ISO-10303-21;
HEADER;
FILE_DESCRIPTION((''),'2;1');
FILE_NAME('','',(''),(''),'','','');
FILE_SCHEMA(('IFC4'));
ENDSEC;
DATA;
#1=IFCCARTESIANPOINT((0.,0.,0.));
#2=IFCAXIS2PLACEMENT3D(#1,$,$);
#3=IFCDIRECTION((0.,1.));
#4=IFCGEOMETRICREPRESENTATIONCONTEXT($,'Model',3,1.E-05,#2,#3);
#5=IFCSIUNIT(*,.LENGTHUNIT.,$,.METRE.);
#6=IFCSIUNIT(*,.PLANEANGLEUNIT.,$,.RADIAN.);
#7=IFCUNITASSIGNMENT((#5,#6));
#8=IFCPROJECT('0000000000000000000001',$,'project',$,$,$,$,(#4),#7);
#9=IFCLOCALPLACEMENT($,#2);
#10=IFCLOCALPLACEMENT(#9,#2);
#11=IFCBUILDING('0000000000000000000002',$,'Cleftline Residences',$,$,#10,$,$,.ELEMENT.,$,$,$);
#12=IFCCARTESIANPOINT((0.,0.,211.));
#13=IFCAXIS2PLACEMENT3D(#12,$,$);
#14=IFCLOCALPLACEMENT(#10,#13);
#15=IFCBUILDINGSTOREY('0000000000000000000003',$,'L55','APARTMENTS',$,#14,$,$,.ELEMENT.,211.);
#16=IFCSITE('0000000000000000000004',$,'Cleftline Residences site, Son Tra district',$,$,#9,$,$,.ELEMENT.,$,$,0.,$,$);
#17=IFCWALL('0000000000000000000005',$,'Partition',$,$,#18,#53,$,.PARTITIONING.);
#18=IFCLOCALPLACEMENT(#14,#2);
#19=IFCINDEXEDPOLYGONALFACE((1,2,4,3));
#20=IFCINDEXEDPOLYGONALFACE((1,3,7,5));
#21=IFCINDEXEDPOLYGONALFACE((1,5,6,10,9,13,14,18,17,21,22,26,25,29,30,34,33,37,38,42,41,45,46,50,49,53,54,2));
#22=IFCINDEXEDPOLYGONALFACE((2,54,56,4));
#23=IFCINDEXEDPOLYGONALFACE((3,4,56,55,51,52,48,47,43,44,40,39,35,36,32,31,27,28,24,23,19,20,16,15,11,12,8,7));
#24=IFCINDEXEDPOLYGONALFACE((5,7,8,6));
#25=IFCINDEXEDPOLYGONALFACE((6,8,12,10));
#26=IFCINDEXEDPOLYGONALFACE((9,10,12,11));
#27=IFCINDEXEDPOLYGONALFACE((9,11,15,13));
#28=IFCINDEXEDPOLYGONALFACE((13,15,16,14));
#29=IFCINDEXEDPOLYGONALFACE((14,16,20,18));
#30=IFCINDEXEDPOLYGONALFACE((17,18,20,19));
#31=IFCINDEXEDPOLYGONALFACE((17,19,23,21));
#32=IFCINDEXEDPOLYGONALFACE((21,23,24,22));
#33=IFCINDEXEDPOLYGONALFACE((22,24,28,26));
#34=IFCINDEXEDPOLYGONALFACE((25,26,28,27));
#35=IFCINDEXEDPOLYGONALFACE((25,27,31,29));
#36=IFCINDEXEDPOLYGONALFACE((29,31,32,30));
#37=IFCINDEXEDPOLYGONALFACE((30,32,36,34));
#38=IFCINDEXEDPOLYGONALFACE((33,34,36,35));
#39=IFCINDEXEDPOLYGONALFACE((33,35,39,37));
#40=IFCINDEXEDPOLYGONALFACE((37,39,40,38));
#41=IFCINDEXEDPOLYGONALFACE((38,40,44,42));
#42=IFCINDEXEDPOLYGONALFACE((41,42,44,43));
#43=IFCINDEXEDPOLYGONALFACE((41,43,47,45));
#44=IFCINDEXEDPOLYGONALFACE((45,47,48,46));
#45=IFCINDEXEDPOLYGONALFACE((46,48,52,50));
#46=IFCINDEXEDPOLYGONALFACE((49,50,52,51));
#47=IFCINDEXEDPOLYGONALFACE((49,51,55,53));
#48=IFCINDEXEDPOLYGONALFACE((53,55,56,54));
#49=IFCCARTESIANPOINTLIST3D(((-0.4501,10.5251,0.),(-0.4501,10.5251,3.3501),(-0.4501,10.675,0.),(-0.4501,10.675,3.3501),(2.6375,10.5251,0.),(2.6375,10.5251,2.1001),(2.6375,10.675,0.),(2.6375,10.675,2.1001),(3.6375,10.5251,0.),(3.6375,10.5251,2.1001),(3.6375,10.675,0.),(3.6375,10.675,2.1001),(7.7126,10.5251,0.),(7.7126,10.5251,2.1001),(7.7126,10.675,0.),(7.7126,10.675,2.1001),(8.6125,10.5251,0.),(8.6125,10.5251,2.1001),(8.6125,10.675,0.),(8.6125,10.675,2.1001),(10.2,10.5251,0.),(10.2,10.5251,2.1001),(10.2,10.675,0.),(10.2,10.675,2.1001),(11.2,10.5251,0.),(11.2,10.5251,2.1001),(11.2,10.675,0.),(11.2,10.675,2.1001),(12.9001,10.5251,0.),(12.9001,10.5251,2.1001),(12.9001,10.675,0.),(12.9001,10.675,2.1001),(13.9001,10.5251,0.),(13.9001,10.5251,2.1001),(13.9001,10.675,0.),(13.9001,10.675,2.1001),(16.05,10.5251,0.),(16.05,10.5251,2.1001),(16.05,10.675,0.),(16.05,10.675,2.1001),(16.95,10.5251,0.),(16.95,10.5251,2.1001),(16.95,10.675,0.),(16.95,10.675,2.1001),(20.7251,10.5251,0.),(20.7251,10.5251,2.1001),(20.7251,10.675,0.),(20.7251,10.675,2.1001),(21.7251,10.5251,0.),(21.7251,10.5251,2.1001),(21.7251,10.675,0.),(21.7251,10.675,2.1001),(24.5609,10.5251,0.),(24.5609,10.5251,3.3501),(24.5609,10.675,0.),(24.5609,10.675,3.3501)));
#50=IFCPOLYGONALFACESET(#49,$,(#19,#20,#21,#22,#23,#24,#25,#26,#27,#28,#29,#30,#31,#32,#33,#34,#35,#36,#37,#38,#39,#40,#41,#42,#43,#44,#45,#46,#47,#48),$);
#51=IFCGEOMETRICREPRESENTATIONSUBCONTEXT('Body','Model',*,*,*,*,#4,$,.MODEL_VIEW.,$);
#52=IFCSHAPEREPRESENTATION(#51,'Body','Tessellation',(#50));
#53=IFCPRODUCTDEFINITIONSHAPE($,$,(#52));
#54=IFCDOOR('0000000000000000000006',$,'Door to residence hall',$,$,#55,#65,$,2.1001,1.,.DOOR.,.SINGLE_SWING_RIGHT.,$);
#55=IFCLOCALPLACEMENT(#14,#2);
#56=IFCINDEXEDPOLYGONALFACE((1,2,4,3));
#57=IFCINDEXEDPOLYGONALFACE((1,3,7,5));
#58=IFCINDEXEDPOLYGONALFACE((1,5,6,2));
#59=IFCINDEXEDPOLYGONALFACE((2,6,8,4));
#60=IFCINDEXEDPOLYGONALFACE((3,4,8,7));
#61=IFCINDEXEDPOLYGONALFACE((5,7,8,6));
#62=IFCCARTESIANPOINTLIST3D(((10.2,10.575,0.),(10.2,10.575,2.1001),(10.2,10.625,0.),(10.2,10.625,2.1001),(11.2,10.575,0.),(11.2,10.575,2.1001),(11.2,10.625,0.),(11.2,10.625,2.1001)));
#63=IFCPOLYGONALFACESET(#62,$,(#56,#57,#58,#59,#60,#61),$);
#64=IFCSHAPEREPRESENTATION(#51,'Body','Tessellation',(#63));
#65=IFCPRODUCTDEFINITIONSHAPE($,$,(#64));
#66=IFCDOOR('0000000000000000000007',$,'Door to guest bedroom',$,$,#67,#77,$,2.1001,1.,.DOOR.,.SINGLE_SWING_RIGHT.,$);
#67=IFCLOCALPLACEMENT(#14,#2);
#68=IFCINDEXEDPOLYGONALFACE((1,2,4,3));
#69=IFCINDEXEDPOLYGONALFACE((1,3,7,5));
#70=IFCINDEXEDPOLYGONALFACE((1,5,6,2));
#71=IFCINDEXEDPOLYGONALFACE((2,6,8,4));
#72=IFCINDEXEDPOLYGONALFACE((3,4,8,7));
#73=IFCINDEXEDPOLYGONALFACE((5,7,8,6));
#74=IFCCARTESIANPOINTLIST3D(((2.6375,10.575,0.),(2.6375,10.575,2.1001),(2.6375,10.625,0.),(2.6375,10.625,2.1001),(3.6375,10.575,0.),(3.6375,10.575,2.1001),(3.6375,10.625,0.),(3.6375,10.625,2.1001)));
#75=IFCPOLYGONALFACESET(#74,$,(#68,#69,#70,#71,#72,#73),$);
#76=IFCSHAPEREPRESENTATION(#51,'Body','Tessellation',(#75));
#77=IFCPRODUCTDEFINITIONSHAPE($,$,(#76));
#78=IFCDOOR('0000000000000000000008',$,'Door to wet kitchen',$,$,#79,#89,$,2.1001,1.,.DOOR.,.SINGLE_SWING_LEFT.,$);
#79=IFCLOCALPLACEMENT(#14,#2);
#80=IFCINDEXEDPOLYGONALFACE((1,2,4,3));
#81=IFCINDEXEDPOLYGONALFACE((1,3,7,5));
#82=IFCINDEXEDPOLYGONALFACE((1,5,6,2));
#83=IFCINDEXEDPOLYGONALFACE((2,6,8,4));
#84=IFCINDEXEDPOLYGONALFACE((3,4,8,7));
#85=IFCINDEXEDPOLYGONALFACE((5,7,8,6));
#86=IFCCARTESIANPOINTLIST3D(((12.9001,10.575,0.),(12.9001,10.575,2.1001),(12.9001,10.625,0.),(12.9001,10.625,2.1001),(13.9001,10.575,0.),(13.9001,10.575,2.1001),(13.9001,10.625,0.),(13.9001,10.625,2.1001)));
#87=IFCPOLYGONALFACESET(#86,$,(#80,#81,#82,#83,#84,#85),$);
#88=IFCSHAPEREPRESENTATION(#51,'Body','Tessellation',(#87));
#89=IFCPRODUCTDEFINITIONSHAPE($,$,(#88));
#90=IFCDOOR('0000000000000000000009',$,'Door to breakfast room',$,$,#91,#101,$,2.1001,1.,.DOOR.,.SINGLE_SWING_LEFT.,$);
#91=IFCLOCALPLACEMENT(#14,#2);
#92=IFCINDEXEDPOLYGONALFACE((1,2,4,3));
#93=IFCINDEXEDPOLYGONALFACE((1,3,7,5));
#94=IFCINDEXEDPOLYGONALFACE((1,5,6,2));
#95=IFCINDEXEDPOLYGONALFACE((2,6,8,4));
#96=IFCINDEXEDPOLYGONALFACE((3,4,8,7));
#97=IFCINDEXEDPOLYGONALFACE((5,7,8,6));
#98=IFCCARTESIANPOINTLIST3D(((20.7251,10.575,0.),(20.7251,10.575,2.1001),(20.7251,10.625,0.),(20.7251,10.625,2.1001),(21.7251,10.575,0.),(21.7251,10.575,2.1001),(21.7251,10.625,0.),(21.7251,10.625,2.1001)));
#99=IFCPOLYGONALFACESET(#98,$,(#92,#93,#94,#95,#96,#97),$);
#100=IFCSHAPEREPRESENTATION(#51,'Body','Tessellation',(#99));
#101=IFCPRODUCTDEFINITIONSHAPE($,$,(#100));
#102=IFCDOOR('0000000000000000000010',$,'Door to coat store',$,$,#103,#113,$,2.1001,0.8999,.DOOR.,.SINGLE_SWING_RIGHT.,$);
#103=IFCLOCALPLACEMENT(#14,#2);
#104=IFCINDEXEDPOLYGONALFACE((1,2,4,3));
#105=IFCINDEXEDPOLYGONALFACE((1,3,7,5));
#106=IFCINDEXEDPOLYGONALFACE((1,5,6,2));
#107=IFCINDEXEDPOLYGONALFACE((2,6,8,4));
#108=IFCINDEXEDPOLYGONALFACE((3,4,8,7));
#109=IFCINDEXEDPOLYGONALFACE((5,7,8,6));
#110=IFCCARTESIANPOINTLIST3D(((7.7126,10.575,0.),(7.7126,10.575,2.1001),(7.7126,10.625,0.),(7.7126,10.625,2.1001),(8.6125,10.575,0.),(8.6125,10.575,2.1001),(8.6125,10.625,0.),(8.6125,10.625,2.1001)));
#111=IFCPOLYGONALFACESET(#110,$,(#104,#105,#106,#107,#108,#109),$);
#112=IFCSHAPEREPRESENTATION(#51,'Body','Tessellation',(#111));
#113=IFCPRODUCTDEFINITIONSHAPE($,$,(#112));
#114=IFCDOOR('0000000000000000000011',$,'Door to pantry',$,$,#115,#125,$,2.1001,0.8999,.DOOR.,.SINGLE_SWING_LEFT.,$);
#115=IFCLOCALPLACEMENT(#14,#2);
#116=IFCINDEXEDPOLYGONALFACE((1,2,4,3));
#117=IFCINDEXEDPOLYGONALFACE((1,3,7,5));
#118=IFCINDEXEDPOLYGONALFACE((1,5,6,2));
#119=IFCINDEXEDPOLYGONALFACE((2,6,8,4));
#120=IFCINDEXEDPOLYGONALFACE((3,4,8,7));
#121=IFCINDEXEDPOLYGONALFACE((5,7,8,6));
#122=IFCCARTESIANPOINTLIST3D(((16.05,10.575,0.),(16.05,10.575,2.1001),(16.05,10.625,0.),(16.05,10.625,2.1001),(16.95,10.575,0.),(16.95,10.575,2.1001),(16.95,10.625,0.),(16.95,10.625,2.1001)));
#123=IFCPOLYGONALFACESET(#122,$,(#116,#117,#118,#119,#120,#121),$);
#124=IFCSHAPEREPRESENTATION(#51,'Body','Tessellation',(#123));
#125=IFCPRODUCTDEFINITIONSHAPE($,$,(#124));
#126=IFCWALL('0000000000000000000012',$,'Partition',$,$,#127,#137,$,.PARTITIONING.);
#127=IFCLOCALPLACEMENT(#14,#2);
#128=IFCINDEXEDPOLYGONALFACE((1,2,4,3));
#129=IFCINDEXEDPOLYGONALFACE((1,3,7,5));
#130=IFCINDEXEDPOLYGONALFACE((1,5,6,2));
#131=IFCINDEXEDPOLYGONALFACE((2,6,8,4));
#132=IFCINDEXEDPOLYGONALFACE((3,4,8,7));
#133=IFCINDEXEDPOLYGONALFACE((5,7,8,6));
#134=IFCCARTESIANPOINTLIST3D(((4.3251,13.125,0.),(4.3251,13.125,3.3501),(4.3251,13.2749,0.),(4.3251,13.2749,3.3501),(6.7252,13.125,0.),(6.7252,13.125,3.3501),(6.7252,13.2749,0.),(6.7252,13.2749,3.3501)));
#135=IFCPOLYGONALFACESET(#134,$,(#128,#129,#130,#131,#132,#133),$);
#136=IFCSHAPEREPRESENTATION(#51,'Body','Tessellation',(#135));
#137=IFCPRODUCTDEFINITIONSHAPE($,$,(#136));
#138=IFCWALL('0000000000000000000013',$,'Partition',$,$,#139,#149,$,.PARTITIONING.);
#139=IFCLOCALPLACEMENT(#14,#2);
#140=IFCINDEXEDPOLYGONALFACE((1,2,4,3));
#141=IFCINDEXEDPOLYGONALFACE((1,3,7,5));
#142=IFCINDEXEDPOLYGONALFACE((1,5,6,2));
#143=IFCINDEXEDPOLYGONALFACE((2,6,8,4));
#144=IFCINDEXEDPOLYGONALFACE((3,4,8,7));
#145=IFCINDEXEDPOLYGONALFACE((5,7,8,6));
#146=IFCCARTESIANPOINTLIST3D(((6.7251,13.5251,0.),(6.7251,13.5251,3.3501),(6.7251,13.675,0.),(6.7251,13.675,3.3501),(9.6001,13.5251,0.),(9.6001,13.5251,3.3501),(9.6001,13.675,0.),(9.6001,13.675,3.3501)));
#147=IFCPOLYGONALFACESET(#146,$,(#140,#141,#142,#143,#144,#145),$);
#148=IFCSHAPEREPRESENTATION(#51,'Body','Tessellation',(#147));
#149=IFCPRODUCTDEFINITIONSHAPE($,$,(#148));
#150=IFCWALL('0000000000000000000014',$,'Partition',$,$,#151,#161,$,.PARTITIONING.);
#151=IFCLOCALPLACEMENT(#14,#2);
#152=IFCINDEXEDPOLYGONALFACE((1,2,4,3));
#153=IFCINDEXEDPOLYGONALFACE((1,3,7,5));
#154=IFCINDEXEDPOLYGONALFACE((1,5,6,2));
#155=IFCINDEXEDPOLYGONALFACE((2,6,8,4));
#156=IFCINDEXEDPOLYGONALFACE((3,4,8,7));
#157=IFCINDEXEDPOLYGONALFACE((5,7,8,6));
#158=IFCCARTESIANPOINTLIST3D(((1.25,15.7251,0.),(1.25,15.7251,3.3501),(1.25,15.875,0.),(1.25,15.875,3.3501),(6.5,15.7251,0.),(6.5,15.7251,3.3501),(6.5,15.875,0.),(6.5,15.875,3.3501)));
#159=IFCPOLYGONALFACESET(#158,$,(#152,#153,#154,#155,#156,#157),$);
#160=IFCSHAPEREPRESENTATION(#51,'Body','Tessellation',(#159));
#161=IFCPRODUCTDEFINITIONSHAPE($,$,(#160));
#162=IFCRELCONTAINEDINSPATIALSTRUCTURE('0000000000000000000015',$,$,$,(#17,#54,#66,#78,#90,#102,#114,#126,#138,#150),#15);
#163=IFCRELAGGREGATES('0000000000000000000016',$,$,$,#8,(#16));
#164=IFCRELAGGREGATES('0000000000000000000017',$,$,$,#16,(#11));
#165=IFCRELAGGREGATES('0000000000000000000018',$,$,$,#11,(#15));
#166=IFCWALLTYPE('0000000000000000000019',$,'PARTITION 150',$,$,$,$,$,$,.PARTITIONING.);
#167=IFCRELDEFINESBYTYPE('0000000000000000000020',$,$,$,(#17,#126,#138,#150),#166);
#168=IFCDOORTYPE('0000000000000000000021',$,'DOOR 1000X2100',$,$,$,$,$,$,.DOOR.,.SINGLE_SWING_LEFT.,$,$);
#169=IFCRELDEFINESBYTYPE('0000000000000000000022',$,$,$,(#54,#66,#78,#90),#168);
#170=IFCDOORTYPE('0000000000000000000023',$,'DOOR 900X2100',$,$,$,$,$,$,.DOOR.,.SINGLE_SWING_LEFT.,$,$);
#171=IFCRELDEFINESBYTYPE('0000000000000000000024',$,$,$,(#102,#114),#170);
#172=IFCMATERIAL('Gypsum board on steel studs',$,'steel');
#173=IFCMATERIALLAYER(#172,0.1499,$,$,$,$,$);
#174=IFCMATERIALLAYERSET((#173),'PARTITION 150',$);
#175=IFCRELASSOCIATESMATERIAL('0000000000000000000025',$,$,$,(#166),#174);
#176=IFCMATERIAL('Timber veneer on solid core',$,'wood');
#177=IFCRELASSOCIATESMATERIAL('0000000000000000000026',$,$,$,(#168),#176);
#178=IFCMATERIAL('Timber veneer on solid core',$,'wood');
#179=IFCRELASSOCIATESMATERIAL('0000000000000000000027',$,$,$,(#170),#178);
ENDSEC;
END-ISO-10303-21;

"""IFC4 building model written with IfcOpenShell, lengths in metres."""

from ifc_helpers import new_model, si_unit, direction, frame, frame_2d, origin, place, context, subcontext, project, spatial, rectangle, extrude, material, layer, layer_set, type_object, element, fill, save


model = new_model("IFC4")

# Units and contexts
model_context = context("Model", 3, precision=1e-05, world=origin(), true_north=direction((0.0, 1.0)))
body_context = subcontext(model_context, "Body", "Model", "MODEL_VIEW")
ifc_project = project(units=[si_unit("LENGTHUNIT", "METRE"), si_unit("PLANEANGLEUNIT", "RADIAN")], contexts=[model_context])

# Site, building, storey
site_placement = place(None, origin())
site = spatial("IfcSite", under=ifc_project, at=site_placement, Name="Cleftline Residences site, Son Tra district", CompositionType="ELEMENT", RefElevation=0.0)
building_placement = place(site_placement, origin())
building = spatial("IfcBuilding", under=site, at=building_placement, Name="Cleftline Residences", CompositionType="ELEMENT")
storey_placement = place(building_placement, frame((0.0, 0.0, 211.0)))
storey = spatial("IfcBuildingStorey", under=building, at=storey_placement, Name="L55", Description="APARTMENTS", CompositionType="ELEMENT", Elevation=211.0)

# Wall, openings, doors
ifc_material_1 = material(Name="Gypsum board on steel studs", Category="steel")
ifc_layer = layer(ifc_material_1, 0.1499)
ifc_layer_set = layer_set([ifc_layer], Name="PARTITION 150")
wall_type = type_object("IfcWallType", Name="PARTITION 150", PredefinedType="PARTITIONING", material=ifc_layer_set)
wall_1_placement = place(storey_placement, frame((-0.45, 10.6001, 0.0), z_axis=(0.0, 0.0, 1.0), x_axis=(1.0, 0.0, 0.0)))
wall_1 = element("IfcWall", 1, at=wall_1_placement, inside=storey, type_object=wall_type, Name="Partition", PredefinedType="PARTITIONING", context=body_context, shape_type="SweptSolid", body=[
    extrude(rectangle(XDim=25.011, YDim=0.1499, at=frame_2d((12.5054, 0.0))), origin(), (0.0, 0.0, 1.0), 3.3501),
])
opening_1_placement = place(wall_1_placement, frame((10.6499, 0.0, 0.0)))
opening_1 = element("IfcOpeningElement", 2, at=opening_1_placement, cuts=wall_1, PredefinedType="OPENING", context=body_context, shape_type="SweptSolid", body=[
    extrude(rectangle(XDim=1.0, YDim=2.1001, at=frame_2d((0.5, 1.05))), frame((0.0, 0.085, 0.0), z_axis=(0.0, -1.0, 0.0), x_axis=(1.0, 0.0, 0.0)), (0.0, 0.0, 1.0), 0.1699),
])
opening_2_placement = place(wall_1_placement, frame((3.0874, 0.0, 0.0)))
opening_2 = element("IfcOpeningElement", 3, at=opening_2_placement, cuts=wall_1, PredefinedType="OPENING", context=body_context, shape_type="SweptSolid", body=[
    extrude(rectangle(XDim=1.0, YDim=2.1001, at=frame_2d((0.5, 1.05))), frame((0.0, 0.085, 0.0), z_axis=(0.0, -1.0, 0.0), x_axis=(1.0, 0.0, 0.0)), (0.0, 0.0, 1.0), 0.1699),
])
opening_3_placement = place(wall_1_placement, frame((8.1626, 0.0, 0.0)))
opening_3 = element("IfcOpeningElement", 4, at=opening_3_placement, cuts=wall_1, PredefinedType="OPENING", context=body_context, shape_type="SweptSolid", body=[
    extrude(rectangle(XDim=0.8999, YDim=2.1001, at=frame_2d((0.45, 1.05))), frame((0.0, 0.085, 0.0), z_axis=(0.0, -1.0, 0.0), x_axis=(1.0, 0.0, 0.0)), (0.0, 0.0, 1.0), 0.1699),
])
opening_4_placement = place(wall_1_placement, frame((13.3501, 0.0, 0.0)))
opening_4 = element("IfcOpeningElement", 5, at=opening_4_placement, cuts=wall_1, PredefinedType="OPENING", context=body_context, shape_type="SweptSolid", body=[
    extrude(rectangle(XDim=1.0, YDim=2.1001, at=frame_2d((0.5, 1.05))), frame((0.0, 0.085, 0.0), z_axis=(0.0, -1.0, 0.0), x_axis=(1.0, 0.0, 0.0)), (0.0, 0.0, 1.0), 0.1699),
])
opening_5_placement = place(wall_1_placement, frame((16.5, 0.0, 0.0)))
opening_5 = element("IfcOpeningElement", 6, at=opening_5_placement, cuts=wall_1, PredefinedType="OPENING", context=body_context, shape_type="SweptSolid", body=[
    extrude(rectangle(XDim=0.8999, YDim=2.1001, at=frame_2d((0.45, 1.05))), frame((0.0, 0.085, 0.0), z_axis=(0.0, -1.0, 0.0), x_axis=(1.0, 0.0, 0.0)), (0.0, 0.0, 1.0), 0.1699),
])
opening_6_placement = place(wall_1_placement, frame((21.175, 0.0, 0.0)))
opening_6 = element("IfcOpeningElement", 7, at=opening_6_placement, cuts=wall_1, PredefinedType="OPENING", context=body_context, shape_type="SweptSolid", body=[
    extrude(rectangle(XDim=1.0, YDim=2.1001, at=frame_2d((0.5, 1.05))), frame((0.0, 0.085, 0.0), z_axis=(0.0, -1.0, 0.0), x_axis=(1.0, 0.0, 0.0)), (0.0, 0.0, 1.0), 0.1699),
])
ifc_material_2 = material(Name="Timber veneer on solid core", Category="wood")
door_type_1 = type_object("IfcDoorType", Name="DOOR 1000X2100", OperationType="SINGLE_SWING_LEFT", PredefinedType="DOOR", material=ifc_material_2)
door_1_placement = place(opening_1_placement, origin())
door_1 = element("IfcDoor", 8, at=door_1_placement, inside=storey, type_object=door_type_1, Name="Door to residence hall", OperationType="SINGLE_SWING_RIGHT", OverallHeight=2.1001, OverallWidth=1.0, PredefinedType="DOOR", context=body_context, shape_type="SweptSolid", body=[
    extrude(rectangle(XDim=1.0, YDim=2.1001, at=frame_2d((0.5, 1.05))), frame((0.0, 0.0249, 0.0), z_axis=(0.0, -1.0, 0.0), x_axis=(1.0, 0.0, 0.0)), (0.0, 0.0, 1.0), 0.05),
])
fill(opening_1, door_1)
door_2_placement = place(opening_2_placement, origin())
door_2 = element("IfcDoor", 9, at=door_2_placement, inside=storey, type_object=door_type_1, Name="Door to guest bedroom", OperationType="SINGLE_SWING_RIGHT", OverallHeight=2.1001, OverallWidth=1.0, PredefinedType="DOOR", context=body_context, shape_type="SweptSolid", body=[
    extrude(rectangle(XDim=1.0, YDim=2.1001, at=frame_2d((0.5, 1.05))), frame((0.0, 0.0249, 0.0), z_axis=(0.0, -1.0, 0.0), x_axis=(1.0, 0.0, 0.0)), (0.0, 0.0, 1.0), 0.05),
])
fill(opening_2, door_2)
door_3_placement = place(opening_4_placement, origin())
door_3 = element("IfcDoor", 10, at=door_3_placement, inside=storey, type_object=door_type_1, Name="Door to wet kitchen", OperationType="SINGLE_SWING_LEFT", OverallHeight=2.1001, OverallWidth=1.0, PredefinedType="DOOR", context=body_context, shape_type="SweptSolid", body=[
    extrude(rectangle(XDim=1.0, YDim=2.1001, at=frame_2d((0.5, 1.05))), frame((0.0, 0.0249, 0.0), z_axis=(0.0, -1.0, 0.0), x_axis=(1.0, 0.0, 0.0)), (0.0, 0.0, 1.0), 0.05),
])
fill(opening_4, door_3)
door_4_placement = place(opening_6_placement, origin())
door_4 = element("IfcDoor", 11, at=door_4_placement, inside=storey, type_object=door_type_1, Name="Door to breakfast room", OperationType="SINGLE_SWING_LEFT", OverallHeight=2.1001, OverallWidth=1.0, PredefinedType="DOOR", context=body_context, shape_type="SweptSolid", body=[
    extrude(rectangle(XDim=1.0, YDim=2.1001, at=frame_2d((0.5, 1.05))), frame((0.0, 0.0249, 0.0), z_axis=(0.0, -1.0, 0.0), x_axis=(1.0, 0.0, 0.0)), (0.0, 0.0, 1.0), 0.05),
])
fill(opening_6, door_4)
ifc_material_3 = material(Name="Timber veneer on solid core", Category="wood")
door_type_2 = type_object("IfcDoorType", Name="DOOR 900X2100", OperationType="SINGLE_SWING_LEFT", PredefinedType="DOOR", material=ifc_material_3)
door_5_placement = place(opening_3_placement, origin())
door_5 = element("IfcDoor", 12, at=door_5_placement, inside=storey, type_object=door_type_2, Name="Door to coat store", OperationType="SINGLE_SWING_RIGHT", OverallHeight=2.1001, OverallWidth=0.8999, PredefinedType="DOOR", context=body_context, shape_type="SweptSolid", body=[
    extrude(rectangle(XDim=0.8999, YDim=2.1001, at=frame_2d((0.45, 1.05))), frame((0.0, 0.0249, 0.0), z_axis=(0.0, -1.0, 0.0), x_axis=(1.0, 0.0, 0.0)), (0.0, 0.0, 1.0), 0.05),
])
fill(opening_3, door_5)
door_6_placement = place(opening_5_placement, origin())
door_6 = element("IfcDoor", 13, at=door_6_placement, inside=storey, type_object=door_type_2, Name="Door to pantry", OperationType="SINGLE_SWING_LEFT", OverallHeight=2.1001, OverallWidth=0.8999, PredefinedType="DOOR", context=body_context, shape_type="SweptSolid", body=[
    extrude(rectangle(XDim=0.8999, YDim=2.1001, at=frame_2d((0.45, 1.05))), frame((0.0, 0.0249, 0.0), z_axis=(0.0, -1.0, 0.0), x_axis=(1.0, 0.0, 0.0)), (0.0, 0.0, 1.0), 0.05),
])
fill(opening_5, door_6)

# Walls
wall_2_placement = place(storey_placement, frame((4.325, 13.2, 0.0), z_axis=(0.0, 0.0, 1.0), x_axis=(1.0, 0.0, 0.0)))
element("IfcWall", 14, at=wall_2_placement, inside=storey, type_object=wall_type, Name="Partition", PredefinedType="PARTITIONING", context=body_context, shape_type="SweptSolid", body=[
    extrude(rectangle(XDim=2.4001, YDim=0.1499, at=frame_2d((1.2002, 0.0))), origin(), (0.0, 0.0, 1.0), 3.3501),
])
wall_3_placement = place(storey_placement, frame((6.7251, 13.6001, 0.0), z_axis=(0.0, 0.0, 1.0), x_axis=(1.0, 0.0, 0.0)))
element("IfcWall", 15, at=wall_3_placement, inside=storey, type_object=wall_type, Name="Partition", PredefinedType="PARTITIONING", context=body_context, shape_type="SweptSolid", body=[
    extrude(rectangle(XDim=2.875, YDim=0.1499, at=frame_2d((1.4375, 0.0))), origin(), (0.0, 0.0, 1.0), 3.3501),
])
wall_4_placement = place(storey_placement, frame((1.25, 15.8, 0.0), z_axis=(0.0, 0.0, 1.0), x_axis=(1.0, 0.0, 0.0)))
element("IfcWall", 16, at=wall_4_placement, inside=storey, type_object=wall_type, Name="Partition", PredefinedType="PARTITIONING", context=body_context, shape_type="SweptSolid", body=[
    extrude(rectangle(XDim=5.25, YDim=0.1499, at=frame_2d((2.625, 0.0))), origin(), (0.0, 0.0, 1.0), 3.3501),
])

save(model, "model.ifc")
